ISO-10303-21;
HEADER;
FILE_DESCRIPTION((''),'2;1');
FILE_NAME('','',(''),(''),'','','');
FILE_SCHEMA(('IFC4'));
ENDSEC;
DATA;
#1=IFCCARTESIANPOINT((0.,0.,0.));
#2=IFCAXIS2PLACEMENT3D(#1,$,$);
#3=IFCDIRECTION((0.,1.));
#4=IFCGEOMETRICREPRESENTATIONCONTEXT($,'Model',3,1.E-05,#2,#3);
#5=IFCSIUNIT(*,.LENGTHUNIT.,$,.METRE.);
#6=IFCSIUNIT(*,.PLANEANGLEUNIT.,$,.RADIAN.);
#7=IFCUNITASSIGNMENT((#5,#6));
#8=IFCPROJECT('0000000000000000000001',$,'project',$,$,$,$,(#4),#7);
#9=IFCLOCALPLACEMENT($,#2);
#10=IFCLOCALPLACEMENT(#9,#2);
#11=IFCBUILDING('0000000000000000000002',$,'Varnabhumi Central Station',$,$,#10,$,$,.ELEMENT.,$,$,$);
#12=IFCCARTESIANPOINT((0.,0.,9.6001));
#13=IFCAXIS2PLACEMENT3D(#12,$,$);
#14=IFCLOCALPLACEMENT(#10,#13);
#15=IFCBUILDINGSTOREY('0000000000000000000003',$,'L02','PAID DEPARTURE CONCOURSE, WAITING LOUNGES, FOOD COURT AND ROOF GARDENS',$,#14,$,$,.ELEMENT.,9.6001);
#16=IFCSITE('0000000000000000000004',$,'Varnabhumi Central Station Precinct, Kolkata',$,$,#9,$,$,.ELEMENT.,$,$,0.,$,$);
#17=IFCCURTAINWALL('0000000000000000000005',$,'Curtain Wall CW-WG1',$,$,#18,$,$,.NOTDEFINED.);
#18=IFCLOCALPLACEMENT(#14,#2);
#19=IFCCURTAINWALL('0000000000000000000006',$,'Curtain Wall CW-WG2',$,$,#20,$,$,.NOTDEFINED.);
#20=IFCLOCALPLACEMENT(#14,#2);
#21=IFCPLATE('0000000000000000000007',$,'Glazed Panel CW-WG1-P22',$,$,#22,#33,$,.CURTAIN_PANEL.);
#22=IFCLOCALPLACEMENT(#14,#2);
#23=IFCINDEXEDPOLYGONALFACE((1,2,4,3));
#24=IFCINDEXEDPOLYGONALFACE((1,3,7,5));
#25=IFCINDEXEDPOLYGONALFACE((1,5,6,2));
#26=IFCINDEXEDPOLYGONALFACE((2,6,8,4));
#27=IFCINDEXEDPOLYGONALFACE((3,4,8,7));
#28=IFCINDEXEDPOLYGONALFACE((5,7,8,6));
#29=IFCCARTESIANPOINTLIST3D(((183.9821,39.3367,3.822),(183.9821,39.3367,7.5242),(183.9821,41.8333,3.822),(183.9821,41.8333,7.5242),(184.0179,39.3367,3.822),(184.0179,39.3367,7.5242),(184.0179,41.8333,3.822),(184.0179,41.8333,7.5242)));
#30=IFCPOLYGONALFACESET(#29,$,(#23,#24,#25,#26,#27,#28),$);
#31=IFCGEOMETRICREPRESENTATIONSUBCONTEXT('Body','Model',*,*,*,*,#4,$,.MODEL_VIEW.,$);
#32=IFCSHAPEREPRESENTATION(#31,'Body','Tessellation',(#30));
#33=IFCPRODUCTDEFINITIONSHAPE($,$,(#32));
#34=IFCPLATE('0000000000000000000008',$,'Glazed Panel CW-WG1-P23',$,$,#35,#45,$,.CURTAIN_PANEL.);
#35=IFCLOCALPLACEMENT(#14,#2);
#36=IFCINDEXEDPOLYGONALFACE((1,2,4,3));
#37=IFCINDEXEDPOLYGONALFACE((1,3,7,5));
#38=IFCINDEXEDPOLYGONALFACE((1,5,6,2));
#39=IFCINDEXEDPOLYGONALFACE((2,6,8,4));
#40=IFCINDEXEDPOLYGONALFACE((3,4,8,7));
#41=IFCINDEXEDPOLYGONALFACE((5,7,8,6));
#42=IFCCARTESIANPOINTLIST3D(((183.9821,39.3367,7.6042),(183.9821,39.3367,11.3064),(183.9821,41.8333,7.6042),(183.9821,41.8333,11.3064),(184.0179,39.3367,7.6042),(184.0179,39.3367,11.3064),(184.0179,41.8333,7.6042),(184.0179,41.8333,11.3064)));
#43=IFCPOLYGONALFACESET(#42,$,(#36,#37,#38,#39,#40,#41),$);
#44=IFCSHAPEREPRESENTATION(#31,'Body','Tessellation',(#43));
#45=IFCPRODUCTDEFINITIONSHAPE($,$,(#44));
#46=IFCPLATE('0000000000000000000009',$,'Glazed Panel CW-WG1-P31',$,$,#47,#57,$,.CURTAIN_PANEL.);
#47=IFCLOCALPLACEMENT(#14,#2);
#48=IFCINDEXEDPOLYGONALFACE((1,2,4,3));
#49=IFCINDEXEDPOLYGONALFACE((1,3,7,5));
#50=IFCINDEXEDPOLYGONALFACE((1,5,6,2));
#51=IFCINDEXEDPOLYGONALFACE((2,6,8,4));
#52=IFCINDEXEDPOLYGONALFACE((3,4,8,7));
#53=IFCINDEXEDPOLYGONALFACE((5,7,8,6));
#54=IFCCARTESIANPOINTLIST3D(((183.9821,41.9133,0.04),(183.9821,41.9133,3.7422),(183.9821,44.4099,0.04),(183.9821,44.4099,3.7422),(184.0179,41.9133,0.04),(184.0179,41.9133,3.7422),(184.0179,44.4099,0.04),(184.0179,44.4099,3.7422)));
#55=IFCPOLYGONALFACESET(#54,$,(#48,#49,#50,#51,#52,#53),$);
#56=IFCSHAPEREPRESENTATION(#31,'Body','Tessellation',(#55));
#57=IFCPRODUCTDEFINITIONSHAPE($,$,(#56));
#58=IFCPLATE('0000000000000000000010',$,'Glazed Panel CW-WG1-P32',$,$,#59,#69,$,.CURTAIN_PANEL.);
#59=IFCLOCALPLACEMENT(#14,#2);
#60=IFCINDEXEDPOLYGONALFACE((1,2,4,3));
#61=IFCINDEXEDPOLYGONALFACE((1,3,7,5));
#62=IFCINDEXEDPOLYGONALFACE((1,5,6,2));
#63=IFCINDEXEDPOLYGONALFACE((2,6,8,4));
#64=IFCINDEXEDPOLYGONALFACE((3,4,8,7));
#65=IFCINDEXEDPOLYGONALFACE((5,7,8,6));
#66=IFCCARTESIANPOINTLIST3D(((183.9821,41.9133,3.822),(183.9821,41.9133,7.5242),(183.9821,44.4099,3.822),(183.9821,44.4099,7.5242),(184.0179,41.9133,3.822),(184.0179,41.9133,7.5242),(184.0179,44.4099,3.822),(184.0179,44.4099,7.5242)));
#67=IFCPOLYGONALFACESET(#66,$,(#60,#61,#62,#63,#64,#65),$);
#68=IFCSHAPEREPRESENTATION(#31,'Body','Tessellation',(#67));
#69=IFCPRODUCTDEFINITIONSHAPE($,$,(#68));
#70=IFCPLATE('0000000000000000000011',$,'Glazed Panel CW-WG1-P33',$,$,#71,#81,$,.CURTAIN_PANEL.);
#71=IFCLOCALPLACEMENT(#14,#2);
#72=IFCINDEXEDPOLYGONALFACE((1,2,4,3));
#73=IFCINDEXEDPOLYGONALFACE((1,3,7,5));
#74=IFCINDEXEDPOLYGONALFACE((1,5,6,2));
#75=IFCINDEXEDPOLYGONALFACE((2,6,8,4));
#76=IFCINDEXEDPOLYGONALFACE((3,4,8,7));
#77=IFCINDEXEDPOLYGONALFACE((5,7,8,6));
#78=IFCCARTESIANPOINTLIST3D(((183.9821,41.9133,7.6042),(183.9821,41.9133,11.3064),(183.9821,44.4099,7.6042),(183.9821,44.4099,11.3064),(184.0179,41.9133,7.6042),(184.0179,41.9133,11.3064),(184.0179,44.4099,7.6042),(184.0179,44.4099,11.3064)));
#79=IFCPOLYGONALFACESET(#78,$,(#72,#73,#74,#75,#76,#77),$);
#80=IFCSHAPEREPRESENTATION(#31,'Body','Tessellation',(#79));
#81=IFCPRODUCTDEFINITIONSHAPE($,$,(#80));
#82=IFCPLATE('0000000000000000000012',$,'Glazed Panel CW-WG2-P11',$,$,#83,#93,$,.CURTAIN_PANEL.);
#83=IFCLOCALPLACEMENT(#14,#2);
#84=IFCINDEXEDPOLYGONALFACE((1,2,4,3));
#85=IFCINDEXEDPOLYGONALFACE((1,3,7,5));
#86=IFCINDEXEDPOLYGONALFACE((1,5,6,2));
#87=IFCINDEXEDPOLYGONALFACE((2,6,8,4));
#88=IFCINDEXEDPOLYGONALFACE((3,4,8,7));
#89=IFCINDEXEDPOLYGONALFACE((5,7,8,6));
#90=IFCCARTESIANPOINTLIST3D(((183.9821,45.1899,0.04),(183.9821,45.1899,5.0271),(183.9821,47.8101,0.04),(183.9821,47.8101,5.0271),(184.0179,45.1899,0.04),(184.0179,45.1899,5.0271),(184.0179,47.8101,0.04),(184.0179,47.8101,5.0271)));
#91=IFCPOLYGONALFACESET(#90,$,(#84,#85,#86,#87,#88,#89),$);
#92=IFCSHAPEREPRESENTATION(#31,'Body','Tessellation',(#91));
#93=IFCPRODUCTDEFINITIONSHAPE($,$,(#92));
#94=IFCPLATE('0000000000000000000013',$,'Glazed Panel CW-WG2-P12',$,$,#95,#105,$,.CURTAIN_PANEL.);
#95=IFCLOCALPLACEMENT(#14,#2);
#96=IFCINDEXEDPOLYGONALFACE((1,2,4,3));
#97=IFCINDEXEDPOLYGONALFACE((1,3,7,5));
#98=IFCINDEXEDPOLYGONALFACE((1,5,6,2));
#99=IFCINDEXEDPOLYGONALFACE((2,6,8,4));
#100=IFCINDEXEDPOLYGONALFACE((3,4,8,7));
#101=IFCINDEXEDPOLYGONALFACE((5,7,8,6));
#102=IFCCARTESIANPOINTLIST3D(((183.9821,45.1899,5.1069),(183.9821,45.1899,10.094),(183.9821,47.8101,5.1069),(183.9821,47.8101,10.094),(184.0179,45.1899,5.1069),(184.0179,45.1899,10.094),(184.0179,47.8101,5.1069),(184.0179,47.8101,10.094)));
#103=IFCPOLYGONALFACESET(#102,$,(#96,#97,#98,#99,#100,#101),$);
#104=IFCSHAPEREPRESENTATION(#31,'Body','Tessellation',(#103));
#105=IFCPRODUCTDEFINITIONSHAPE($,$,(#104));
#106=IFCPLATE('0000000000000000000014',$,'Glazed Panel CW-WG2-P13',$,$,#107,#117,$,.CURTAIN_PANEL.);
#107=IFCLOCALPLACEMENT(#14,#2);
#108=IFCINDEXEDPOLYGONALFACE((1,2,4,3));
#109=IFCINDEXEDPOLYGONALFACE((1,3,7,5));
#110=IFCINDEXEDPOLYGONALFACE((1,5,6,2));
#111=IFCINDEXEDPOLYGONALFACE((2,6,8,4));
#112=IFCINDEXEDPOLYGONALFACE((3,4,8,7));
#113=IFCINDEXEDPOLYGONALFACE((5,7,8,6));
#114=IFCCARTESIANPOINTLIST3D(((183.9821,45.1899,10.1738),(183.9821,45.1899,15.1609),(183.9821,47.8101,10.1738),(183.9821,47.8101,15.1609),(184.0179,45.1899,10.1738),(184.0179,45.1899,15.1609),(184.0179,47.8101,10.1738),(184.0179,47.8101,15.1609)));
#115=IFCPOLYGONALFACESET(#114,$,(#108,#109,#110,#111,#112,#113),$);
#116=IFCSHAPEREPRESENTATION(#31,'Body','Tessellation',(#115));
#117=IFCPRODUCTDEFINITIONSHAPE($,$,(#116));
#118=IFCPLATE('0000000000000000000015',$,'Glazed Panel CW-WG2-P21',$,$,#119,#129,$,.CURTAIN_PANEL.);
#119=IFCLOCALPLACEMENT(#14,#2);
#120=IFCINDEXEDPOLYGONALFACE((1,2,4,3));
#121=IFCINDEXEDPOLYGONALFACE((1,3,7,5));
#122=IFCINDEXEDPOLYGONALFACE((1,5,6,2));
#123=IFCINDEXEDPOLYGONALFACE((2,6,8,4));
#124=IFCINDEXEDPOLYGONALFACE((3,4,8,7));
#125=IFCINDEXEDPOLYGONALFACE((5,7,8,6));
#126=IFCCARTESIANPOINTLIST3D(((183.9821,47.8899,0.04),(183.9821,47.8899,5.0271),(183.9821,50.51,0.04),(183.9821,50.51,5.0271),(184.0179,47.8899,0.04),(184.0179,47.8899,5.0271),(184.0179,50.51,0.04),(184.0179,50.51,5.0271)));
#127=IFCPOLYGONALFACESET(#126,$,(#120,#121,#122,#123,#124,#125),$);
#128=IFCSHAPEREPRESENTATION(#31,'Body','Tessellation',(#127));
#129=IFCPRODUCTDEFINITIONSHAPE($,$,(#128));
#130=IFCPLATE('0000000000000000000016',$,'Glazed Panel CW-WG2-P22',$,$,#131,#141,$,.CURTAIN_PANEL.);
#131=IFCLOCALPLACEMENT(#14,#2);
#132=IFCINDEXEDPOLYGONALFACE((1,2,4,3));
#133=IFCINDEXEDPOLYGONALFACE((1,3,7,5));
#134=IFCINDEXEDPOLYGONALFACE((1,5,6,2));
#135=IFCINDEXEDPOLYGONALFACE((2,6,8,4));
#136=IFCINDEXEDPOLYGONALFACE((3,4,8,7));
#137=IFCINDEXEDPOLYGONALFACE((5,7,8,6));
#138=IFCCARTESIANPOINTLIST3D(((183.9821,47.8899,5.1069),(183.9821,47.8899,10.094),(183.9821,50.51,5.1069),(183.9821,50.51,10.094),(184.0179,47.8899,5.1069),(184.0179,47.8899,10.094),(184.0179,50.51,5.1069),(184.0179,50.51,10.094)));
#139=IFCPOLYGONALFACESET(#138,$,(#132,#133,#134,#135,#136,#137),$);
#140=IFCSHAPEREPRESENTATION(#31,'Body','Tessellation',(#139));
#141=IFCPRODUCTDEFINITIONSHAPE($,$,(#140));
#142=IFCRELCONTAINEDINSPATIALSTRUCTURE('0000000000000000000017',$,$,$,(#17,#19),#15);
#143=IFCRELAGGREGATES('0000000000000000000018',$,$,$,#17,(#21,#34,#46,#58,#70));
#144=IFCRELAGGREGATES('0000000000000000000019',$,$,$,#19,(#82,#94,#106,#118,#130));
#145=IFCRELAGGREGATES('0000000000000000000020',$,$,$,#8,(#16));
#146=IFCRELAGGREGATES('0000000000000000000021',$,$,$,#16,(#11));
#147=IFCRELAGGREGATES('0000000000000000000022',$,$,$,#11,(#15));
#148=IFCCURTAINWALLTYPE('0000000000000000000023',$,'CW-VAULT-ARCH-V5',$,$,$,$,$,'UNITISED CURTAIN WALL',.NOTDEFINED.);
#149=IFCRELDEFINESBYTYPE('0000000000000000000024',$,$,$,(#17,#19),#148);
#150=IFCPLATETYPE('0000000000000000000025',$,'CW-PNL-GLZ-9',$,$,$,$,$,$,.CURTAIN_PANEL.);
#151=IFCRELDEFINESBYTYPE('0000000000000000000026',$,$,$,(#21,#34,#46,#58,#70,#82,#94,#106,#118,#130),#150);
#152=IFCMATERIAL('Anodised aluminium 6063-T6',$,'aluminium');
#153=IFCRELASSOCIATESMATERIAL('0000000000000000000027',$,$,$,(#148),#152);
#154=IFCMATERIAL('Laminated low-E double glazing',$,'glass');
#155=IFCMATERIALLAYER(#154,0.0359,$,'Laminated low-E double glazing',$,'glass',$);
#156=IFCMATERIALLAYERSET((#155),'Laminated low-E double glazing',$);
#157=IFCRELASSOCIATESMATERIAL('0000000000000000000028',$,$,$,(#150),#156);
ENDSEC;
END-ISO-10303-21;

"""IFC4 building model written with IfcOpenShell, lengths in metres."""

from ifc_helpers import new_model, si_unit, direction, frame, origin, origin_2d, place, context, subcontext, project, spatial, rectangle, extrude, material, layer, layer_set, type_object, element, aggregate, save


model = new_model("IFC4")

# Units and contexts
model_context = context("Model", 3, precision=1e-05, world=origin(), true_north=direction((0.0, 1.0)))
body_context = subcontext(model_context, "Body", "Model", "MODEL_VIEW")
ifc_project = project(units=[si_unit("LENGTHUNIT", "METRE"), si_unit("PLANEANGLEUNIT", "RADIAN")], contexts=[model_context])

# Site, building, storey
site_placement = place(None, origin())
site = spatial("IfcSite", under=ifc_project, at=site_placement, Name="Varnabhumi Central Station Precinct, Kolkata", CompositionType="ELEMENT", RefElevation=0.0)
building_placement = place(site_placement, origin())
building = spatial("IfcBuilding", under=site, at=building_placement, Name="Varnabhumi Central Station", CompositionType="ELEMENT")
storey_placement = place(building_placement, frame((0.0, 0.0, 9.6001)))
storey = spatial("IfcBuildingStorey", under=building, at=storey_placement, Name="L02", Description="PAID DEPARTURE CONCOURSE, WAITING LOUNGES, FOOD COURT AND ROOF GARDENS", CompositionType="ELEMENT", Elevation=9.6001)

# Curtain walls
ifc_material_1 = material(Name="Anodised aluminium 6063-T6", Category="aluminium")
curtain_wall_type = type_object("IfcCurtainWallType", Name="CW-VAULT-ARCH-V5", ElementType="UNITISED CURTAIN WALL", PredefinedType="NOTDEFINED", material=ifc_material_1)
curtain_wall_1_placement = place(storey_placement, origin())
curtain_wall_1 = element("IfcCurtainWall", 1, at=curtain_wall_1_placement, inside=storey, type_object=curtain_wall_type, Name="Curtain Wall CW-WG1", PredefinedType="NOTDEFINED")
curtain_wall_2_placement = place(storey_placement, origin())
curtain_wall_2 = element("IfcCurtainWall", 2, at=curtain_wall_2_placement, inside=storey, type_object=curtain_wall_type, Name="Curtain Wall CW-WG2", PredefinedType="NOTDEFINED")

# Plates
ifc_material_2 = material(Name="Laminated low-E double glazing", Category="glass")
ifc_layer = layer(ifc_material_2, 0.0359, Name="Laminated low-E double glazing", Category="glass")
ifc_layer_set = layer_set([ifc_layer], Name="Laminated low-E double glazing")
plate_type = type_object("IfcPlateType", Name="CW-PNL-GLZ-9", PredefinedType="CURTAIN_PANEL", material=ifc_layer_set)
plate_1_placement = place(storey_placement, frame((184.0, 40.585, 3.822), z_axis=(0.0, 0.0, 1.0), x_axis=(0.0, 1.0, 0.0)))
plate_1 = element("IfcPlate", 3, at=plate_1_placement, type_object=plate_type, Name="Glazed Panel CW-WG1-P22", PredefinedType="CURTAIN_PANEL", context=body_context, shape_type="SweptSolid", body=[
    extrude(rectangle(XDim=2.4966, YDim=0.0359, at=origin_2d()), origin(), (0.0, 0.0, 1.0), 3.7021),
])
plate_2_placement = place(storey_placement, frame((184.0, 40.585, 7.6042), z_axis=(0.0, 0.0, 1.0), x_axis=(0.0, 1.0, 0.0)))
plate_2 = element("IfcPlate", 4, at=plate_2_placement, type_object=plate_type, Name="Glazed Panel CW-WG1-P23", PredefinedType="CURTAIN_PANEL", context=body_context, shape_type="SweptSolid", body=[
    extrude(rectangle(XDim=2.4966, YDim=0.0359, at=origin_2d()), origin(), (0.0, 0.0, 1.0), 3.7021),
])
plate_3_placement = place(storey_placement, frame((184.0, 43.1616, 0.04), z_axis=(0.0, 0.0, 1.0), x_axis=(0.0, 1.0, 0.0)))
plate_3 = element("IfcPlate", 5, at=plate_3_placement, type_object=plate_type, Name="Glazed Panel CW-WG1-P31", PredefinedType="CURTAIN_PANEL", context=body_context, shape_type="SweptSolid", body=[
    extrude(rectangle(XDim=2.4966, YDim=0.0359, at=origin_2d()), origin(), (0.0, 0.0, 1.0), 3.7021),
])
plate_4_placement = place(storey_placement, frame((184.0, 43.1616, 3.822), z_axis=(0.0, 0.0, 1.0), x_axis=(0.0, 1.0, 0.0)))
plate_4 = element("IfcPlate", 6, at=plate_4_placement, type_object=plate_type, Name="Glazed Panel CW-WG1-P32", PredefinedType="CURTAIN_PANEL", context=body_context, shape_type="SweptSolid", body=[
    extrude(rectangle(XDim=2.4966, YDim=0.0359, at=origin_2d()), origin(), (0.0, 0.0, 1.0), 3.7021),
])
plate_5_placement = place(storey_placement, frame((184.0, 43.1616, 7.6042), z_axis=(0.0, 0.0, 1.0), x_axis=(0.0, 1.0, 0.0)))
plate_5 = element("IfcPlate", 7, at=plate_5_placement, type_object=plate_type, Name="Glazed Panel CW-WG1-P33", PredefinedType="CURTAIN_PANEL", context=body_context, shape_type="SweptSolid", body=[
    extrude(rectangle(XDim=2.4966, YDim=0.0359, at=origin_2d()), origin(), (0.0, 0.0, 1.0), 3.7021),
])
aggregate(curtain_wall_1, [plate_1, plate_2, plate_3, plate_4, plate_5])
plate_6_placement = place(storey_placement, frame((184.0, 46.5, 0.04), z_axis=(0.0, 0.0, 1.0), x_axis=(0.0, 1.0, 0.0)))
plate_6 = element("IfcPlate", 8, at=plate_6_placement, type_object=plate_type, Name="Glazed Panel CW-WG2-P11", PredefinedType="CURTAIN_PANEL", context=body_context, shape_type="SweptSolid", body=[
    extrude(rectangle(XDim=2.6201, YDim=0.0359, at=origin_2d()), origin(), (0.0, 0.0, 1.0), 4.9871),
])
plate_7_placement = place(storey_placement, frame((184.0, 46.5, 5.1069), z_axis=(0.0, 0.0, 1.0), x_axis=(0.0, 1.0, 0.0)))
plate_7 = element("IfcPlate", 9, at=plate_7_placement, type_object=plate_type, Name="Glazed Panel CW-WG2-P12", PredefinedType="CURTAIN_PANEL", context=body_context, shape_type="SweptSolid", body=[
    extrude(rectangle(XDim=2.6201, YDim=0.0359, at=origin_2d()), origin(), (0.0, 0.0, 1.0), 4.9871),
])
plate_8_placement = place(storey_placement, frame((184.0, 46.5, 10.1738), z_axis=(0.0, 0.0, 1.0), x_axis=(0.0, 1.0, 0.0)))
plate_8 = element("IfcPlate", 10, at=plate_8_placement, type_object=plate_type, Name="Glazed Panel CW-WG2-P13", PredefinedType="CURTAIN_PANEL", context=body_context, shape_type="SweptSolid", body=[
    extrude(rectangle(XDim=2.6201, YDim=0.0359, at=origin_2d()), origin(), (0.0, 0.0, 1.0), 4.9871),
])
plate_9_placement = place(storey_placement, frame((184.0, 49.2, 0.04), z_axis=(0.0, 0.0, 1.0), x_axis=(0.0, 1.0, 0.0)))
plate_9 = element("IfcPlate", 11, at=plate_9_placement, type_object=plate_type, Name="Glazed Panel CW-WG2-P21", PredefinedType="CURTAIN_PANEL", context=body_context, shape_type="SweptSolid", body=[
    extrude(rectangle(XDim=2.6201, YDim=0.0359, at=origin_2d()), origin(), (0.0, 0.0, 1.0), 4.9871),
])
plate_10_placement = place(storey_placement, frame((184.0, 49.2, 5.1069), z_axis=(0.0, 0.0, 1.0), x_axis=(0.0, 1.0, 0.0)))
plate_10 = element("IfcPlate", 12, at=plate_10_placement, type_object=plate_type, Name="Glazed Panel CW-WG2-P22", PredefinedType="CURTAIN_PANEL", context=body_context, shape_type="SweptSolid", body=[
    extrude(rectangle(XDim=2.6201, YDim=0.0359, at=origin_2d()), origin(), (0.0, 0.0, 1.0), 4.9871),
])
aggregate(curtain_wall_2, [plate_6, plate_7, plate_8, plate_9, plate_10])

save(model, "model.ifc")
